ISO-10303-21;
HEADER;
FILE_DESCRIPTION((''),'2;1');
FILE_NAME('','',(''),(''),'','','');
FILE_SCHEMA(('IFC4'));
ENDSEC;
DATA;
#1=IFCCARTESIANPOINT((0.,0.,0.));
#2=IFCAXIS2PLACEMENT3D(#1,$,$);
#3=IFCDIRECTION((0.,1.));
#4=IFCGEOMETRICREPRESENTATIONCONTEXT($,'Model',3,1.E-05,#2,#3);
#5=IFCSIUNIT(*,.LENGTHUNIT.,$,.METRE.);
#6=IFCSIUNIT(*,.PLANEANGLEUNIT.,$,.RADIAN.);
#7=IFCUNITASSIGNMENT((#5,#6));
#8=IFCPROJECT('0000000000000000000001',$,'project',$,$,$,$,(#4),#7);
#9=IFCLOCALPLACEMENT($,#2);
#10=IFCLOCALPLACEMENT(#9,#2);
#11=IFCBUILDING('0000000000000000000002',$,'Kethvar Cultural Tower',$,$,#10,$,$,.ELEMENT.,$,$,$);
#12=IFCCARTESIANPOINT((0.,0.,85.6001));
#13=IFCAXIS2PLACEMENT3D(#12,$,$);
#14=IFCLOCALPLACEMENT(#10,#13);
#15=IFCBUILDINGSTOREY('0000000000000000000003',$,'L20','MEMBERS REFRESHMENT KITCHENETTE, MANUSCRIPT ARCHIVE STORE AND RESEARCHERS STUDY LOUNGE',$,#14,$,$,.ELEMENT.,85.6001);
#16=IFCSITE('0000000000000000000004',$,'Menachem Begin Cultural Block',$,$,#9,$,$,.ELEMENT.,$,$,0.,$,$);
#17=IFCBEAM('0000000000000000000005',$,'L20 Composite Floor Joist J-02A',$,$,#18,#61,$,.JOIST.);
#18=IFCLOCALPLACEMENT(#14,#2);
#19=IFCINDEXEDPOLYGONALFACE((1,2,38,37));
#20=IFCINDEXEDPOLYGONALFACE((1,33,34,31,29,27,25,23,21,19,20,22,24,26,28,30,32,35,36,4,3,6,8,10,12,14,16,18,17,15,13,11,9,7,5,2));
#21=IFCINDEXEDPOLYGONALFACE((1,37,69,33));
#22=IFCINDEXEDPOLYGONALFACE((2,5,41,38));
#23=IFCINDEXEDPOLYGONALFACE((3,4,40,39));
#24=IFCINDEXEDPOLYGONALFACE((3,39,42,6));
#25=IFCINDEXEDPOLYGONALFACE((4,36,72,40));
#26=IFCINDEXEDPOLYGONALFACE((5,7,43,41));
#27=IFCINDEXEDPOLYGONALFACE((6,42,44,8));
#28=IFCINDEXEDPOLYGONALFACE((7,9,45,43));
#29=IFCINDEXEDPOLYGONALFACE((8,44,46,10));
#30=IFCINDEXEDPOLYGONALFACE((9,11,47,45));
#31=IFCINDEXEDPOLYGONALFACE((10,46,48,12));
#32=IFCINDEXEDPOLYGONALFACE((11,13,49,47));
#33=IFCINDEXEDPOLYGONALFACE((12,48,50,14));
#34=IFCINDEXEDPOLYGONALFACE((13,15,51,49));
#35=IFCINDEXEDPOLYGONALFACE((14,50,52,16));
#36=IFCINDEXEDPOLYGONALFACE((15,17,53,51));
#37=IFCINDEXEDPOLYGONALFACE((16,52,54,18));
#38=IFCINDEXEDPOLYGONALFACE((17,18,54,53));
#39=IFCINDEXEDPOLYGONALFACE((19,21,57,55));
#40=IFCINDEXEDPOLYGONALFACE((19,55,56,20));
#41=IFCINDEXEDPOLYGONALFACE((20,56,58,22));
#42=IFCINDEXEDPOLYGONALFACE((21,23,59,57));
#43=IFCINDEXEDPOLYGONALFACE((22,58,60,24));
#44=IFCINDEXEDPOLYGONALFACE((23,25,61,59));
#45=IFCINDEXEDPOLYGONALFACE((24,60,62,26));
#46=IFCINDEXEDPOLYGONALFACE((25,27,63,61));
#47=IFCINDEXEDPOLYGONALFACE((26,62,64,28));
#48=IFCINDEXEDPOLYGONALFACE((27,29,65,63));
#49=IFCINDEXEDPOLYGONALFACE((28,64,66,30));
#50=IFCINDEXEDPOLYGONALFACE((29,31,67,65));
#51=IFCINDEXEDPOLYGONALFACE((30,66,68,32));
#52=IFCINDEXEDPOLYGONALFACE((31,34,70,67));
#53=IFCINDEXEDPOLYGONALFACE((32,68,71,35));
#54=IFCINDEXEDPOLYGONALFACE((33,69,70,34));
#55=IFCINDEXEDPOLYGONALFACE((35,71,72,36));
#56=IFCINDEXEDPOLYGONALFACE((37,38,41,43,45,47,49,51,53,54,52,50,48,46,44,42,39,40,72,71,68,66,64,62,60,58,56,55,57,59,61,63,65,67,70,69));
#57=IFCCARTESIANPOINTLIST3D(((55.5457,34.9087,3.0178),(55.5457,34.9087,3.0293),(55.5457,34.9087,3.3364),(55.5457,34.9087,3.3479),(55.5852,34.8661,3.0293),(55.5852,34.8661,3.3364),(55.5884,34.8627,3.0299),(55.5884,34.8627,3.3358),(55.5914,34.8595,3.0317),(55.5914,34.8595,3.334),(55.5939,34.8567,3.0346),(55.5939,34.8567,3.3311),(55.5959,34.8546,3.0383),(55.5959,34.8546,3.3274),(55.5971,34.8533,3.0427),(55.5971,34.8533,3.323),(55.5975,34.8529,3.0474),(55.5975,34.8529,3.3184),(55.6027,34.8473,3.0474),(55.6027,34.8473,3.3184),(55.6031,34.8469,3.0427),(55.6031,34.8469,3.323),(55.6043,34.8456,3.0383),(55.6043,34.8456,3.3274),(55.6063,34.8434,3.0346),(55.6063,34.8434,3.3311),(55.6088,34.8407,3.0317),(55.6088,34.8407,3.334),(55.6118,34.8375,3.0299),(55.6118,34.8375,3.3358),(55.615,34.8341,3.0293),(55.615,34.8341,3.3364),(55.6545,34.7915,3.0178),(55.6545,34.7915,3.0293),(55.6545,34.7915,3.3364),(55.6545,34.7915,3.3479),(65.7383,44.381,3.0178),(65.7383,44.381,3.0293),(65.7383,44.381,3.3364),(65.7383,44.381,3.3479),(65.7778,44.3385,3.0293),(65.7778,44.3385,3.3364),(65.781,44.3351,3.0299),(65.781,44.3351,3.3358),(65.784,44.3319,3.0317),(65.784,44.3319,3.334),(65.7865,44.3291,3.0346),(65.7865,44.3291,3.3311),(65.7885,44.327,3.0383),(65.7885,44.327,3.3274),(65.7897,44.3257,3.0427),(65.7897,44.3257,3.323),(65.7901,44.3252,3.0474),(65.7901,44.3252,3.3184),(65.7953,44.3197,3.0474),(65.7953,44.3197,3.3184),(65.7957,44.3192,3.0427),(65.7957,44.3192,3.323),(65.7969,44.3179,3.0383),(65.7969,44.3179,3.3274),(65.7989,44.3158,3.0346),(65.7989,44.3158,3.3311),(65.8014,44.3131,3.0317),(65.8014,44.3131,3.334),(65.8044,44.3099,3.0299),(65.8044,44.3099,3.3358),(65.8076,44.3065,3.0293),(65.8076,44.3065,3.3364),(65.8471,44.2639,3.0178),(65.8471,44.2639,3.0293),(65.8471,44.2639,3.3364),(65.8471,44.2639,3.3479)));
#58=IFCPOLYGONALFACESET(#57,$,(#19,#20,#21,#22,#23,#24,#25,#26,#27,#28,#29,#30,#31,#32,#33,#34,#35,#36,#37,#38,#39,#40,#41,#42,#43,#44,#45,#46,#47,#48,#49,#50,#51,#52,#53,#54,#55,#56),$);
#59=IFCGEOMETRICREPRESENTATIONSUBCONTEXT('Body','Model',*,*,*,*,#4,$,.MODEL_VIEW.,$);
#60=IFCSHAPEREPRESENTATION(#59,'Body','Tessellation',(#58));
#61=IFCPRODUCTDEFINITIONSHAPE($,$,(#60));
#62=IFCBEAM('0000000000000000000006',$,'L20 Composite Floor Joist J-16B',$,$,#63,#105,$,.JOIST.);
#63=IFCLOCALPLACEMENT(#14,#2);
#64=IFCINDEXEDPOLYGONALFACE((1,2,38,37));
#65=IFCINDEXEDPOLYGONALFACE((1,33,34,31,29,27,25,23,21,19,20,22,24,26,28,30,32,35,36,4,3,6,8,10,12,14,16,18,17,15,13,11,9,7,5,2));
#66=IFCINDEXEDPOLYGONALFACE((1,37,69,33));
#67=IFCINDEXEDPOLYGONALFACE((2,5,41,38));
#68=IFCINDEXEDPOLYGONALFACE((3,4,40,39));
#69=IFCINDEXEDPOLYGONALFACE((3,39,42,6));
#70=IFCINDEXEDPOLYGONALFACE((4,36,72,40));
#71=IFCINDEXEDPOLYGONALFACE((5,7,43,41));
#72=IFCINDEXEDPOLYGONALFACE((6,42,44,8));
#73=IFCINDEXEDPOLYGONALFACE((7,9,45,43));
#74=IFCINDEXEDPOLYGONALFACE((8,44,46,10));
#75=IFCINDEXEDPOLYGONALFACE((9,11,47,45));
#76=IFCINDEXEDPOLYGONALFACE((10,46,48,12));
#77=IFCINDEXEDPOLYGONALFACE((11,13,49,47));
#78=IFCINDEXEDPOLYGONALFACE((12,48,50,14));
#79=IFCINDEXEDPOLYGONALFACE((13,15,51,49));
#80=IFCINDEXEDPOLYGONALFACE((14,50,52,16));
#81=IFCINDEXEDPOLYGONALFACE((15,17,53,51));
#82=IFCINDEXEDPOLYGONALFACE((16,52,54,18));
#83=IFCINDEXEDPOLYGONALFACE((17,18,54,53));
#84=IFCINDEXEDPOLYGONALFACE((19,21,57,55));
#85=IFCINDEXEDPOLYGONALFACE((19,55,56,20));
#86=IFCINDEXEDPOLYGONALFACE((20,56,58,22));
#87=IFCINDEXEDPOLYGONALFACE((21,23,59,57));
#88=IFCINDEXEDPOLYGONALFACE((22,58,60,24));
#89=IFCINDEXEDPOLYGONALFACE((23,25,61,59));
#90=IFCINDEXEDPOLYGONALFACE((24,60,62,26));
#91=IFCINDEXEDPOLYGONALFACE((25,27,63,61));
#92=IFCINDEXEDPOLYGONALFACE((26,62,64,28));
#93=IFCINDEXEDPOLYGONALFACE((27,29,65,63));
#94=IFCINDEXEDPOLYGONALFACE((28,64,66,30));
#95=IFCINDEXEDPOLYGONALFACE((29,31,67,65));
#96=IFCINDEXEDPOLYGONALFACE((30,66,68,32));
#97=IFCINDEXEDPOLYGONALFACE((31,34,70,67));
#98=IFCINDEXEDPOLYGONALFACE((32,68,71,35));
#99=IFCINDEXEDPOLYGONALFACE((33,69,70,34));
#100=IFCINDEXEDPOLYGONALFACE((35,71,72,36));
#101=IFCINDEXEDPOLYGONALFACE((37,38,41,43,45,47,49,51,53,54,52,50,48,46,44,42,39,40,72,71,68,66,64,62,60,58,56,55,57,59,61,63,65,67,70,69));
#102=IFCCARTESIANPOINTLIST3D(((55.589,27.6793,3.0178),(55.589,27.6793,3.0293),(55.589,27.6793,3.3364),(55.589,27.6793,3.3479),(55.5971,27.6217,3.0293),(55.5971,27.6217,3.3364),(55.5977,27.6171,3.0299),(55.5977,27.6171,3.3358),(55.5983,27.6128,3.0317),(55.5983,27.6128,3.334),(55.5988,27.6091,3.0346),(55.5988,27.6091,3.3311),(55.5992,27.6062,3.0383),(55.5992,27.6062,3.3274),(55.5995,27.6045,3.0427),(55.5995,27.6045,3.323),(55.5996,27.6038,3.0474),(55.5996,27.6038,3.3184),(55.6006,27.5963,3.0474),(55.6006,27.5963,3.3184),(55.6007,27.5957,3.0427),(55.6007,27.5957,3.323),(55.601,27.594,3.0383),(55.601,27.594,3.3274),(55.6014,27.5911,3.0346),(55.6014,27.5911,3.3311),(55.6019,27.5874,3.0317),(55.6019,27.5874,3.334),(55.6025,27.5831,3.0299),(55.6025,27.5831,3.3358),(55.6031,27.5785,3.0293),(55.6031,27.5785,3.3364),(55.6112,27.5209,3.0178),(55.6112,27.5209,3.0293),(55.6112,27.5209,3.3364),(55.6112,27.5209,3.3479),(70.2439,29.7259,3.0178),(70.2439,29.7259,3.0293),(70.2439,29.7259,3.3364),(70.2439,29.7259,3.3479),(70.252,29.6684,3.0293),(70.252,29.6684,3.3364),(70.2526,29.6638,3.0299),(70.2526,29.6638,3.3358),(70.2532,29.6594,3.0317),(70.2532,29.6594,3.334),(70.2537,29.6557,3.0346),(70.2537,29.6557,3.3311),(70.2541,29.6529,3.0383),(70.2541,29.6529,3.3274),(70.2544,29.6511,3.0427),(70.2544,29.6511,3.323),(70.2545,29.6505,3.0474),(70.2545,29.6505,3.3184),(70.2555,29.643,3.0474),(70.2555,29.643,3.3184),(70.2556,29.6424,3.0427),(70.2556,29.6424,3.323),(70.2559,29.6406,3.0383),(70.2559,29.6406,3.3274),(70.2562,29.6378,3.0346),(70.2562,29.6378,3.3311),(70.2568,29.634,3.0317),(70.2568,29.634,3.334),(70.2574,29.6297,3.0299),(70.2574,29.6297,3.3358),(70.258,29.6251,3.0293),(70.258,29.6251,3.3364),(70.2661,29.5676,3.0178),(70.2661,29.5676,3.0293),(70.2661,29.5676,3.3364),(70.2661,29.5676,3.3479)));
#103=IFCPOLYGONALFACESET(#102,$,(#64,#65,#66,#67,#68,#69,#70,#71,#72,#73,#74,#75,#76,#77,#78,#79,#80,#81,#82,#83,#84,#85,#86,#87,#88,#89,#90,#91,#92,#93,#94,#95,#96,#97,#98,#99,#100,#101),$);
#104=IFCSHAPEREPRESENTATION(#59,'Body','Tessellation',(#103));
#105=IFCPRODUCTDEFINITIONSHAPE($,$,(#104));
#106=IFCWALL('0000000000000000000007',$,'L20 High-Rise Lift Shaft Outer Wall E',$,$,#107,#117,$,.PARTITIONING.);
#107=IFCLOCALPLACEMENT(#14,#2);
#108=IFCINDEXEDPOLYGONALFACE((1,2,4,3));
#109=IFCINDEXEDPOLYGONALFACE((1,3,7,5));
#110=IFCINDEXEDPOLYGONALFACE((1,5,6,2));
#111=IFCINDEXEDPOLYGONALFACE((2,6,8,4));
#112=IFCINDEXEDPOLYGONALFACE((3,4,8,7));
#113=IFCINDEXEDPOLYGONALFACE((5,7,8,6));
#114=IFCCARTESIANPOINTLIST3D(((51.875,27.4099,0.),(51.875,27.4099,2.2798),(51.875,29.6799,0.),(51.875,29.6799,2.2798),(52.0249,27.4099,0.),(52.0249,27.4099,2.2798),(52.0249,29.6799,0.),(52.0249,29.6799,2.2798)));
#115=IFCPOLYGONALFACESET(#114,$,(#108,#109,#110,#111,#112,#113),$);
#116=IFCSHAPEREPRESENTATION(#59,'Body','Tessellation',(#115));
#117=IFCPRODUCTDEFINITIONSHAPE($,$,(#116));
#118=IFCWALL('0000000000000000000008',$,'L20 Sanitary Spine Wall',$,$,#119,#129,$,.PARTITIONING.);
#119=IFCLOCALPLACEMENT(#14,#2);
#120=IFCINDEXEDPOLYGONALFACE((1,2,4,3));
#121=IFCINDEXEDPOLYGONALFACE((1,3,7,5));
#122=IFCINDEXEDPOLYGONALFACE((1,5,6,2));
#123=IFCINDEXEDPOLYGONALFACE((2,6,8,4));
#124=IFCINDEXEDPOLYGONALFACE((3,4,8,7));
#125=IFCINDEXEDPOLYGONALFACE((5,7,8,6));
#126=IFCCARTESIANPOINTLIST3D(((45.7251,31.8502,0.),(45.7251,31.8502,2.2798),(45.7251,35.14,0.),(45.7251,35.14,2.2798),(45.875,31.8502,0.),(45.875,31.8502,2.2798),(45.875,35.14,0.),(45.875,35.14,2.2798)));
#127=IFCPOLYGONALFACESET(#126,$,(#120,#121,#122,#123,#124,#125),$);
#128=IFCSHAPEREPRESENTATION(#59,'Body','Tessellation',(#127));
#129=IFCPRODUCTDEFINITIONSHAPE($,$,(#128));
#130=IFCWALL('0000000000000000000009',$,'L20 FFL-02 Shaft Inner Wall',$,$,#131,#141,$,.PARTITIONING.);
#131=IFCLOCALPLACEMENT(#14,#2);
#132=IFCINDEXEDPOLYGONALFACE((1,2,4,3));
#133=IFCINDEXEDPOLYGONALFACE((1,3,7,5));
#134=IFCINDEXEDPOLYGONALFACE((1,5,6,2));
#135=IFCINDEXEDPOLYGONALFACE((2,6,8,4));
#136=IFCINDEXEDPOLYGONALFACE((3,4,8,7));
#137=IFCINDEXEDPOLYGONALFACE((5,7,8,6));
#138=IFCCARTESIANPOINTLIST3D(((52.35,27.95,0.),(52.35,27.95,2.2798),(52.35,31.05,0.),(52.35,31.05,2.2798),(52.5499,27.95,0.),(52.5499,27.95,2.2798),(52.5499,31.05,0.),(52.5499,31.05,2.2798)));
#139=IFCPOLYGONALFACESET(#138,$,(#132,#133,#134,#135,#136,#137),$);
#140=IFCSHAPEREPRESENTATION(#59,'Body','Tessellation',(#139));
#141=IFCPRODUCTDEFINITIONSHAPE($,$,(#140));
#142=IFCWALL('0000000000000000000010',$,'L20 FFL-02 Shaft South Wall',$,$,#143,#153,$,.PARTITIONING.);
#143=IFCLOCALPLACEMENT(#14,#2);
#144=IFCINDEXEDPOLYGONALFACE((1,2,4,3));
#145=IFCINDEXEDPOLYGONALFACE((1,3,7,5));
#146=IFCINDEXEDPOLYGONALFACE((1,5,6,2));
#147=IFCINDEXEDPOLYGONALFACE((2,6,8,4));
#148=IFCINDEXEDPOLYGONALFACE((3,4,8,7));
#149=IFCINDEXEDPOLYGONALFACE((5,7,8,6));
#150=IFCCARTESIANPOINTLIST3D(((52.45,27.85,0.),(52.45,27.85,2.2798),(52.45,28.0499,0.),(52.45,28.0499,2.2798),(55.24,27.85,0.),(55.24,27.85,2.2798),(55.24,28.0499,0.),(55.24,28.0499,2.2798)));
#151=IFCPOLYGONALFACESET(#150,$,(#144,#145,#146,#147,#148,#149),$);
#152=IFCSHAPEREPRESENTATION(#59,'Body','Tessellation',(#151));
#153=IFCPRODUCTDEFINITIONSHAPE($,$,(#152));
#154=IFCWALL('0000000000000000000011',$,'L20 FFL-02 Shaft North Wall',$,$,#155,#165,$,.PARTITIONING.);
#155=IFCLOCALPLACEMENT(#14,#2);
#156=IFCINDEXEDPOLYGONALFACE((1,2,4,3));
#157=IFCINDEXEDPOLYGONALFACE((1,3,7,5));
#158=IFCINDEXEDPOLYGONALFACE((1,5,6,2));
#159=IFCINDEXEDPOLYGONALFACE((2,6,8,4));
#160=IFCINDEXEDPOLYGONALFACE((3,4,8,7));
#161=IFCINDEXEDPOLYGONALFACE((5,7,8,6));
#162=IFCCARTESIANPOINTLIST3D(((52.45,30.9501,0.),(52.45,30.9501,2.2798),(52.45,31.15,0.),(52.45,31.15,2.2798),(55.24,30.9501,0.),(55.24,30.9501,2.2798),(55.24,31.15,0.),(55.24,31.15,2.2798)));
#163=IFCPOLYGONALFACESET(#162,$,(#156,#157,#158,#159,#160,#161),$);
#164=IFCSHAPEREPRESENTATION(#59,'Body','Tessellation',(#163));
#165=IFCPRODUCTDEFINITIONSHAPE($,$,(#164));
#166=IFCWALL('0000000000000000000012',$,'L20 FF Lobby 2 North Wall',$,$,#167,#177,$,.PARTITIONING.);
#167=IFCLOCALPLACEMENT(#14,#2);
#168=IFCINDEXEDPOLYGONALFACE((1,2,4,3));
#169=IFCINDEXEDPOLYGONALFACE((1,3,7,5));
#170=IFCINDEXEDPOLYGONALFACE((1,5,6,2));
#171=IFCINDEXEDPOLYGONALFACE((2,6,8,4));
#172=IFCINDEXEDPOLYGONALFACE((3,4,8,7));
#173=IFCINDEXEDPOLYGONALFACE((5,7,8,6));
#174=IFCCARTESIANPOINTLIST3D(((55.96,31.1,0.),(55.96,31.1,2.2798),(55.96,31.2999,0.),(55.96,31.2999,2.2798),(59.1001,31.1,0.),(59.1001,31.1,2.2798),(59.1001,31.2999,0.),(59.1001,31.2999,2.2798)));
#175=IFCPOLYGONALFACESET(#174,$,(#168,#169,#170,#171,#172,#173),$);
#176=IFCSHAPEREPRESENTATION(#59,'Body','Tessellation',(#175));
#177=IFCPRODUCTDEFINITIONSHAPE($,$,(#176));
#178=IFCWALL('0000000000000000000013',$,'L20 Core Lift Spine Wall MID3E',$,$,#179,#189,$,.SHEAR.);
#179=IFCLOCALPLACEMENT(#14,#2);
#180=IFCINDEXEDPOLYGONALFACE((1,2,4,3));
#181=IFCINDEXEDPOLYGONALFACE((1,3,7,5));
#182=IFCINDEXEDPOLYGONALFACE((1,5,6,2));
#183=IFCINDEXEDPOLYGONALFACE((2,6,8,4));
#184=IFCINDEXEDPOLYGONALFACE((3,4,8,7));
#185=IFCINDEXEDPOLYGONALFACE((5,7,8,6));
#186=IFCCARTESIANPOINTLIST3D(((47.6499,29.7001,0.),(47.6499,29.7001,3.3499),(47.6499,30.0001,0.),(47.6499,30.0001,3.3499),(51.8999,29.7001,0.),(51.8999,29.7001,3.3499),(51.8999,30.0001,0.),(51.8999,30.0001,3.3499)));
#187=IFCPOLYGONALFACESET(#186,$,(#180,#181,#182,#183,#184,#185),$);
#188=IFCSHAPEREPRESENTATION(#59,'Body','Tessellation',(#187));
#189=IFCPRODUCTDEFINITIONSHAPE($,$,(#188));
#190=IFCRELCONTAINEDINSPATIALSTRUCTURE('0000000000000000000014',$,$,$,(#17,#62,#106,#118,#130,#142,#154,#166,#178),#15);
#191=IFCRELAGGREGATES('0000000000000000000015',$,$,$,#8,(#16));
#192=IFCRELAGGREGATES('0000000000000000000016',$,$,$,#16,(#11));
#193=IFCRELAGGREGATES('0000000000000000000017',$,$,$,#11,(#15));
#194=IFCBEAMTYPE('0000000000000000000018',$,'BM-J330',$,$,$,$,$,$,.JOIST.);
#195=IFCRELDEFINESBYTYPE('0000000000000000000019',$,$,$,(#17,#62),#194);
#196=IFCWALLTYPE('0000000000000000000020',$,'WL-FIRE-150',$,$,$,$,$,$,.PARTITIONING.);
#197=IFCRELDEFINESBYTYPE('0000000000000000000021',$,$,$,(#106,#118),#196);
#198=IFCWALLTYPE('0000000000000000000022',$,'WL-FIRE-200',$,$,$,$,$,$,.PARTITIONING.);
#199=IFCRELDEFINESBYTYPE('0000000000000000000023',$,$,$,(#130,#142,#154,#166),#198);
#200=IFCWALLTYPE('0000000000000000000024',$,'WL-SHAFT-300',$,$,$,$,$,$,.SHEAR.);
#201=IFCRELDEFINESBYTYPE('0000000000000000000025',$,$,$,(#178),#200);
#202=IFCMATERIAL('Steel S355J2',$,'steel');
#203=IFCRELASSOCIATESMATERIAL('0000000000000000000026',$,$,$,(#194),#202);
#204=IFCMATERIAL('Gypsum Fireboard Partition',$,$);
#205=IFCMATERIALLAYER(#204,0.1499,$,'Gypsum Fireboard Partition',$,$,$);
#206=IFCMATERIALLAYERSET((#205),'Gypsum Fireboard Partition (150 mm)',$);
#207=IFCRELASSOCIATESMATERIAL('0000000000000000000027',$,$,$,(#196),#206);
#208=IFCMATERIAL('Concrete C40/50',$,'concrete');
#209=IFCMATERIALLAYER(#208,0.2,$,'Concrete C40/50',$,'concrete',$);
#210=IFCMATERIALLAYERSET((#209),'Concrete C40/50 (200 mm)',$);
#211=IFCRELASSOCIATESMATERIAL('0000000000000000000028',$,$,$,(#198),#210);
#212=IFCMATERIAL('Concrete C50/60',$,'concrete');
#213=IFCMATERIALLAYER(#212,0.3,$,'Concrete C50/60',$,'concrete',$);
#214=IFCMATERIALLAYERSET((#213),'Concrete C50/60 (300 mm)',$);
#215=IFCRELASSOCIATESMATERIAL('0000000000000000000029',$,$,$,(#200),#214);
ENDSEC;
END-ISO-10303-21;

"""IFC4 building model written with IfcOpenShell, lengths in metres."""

from ifc_helpers import new_model, si_unit, direction, frame, frame_2d, origin, origin_2d, place, context, subcontext, project, spatial, rectangle, i_section, extrude, source, transform, mapped, material, layer, layer_set, material_profile, profile_set, type_object, element, save


model = new_model("IFC4")

# Units and contexts
model_context = context("Model", 3, precision=1e-05, world=origin(), true_north=direction((0.0, 1.0)))
body_context = subcontext(model_context, "Body", "Model", "MODEL_VIEW")
ifc_project = project(units=[si_unit("LENGTHUNIT", "METRE"), si_unit("PLANEANGLEUNIT", "RADIAN")], contexts=[model_context])

# Site, building, storey
site_placement = place(None, origin())
site = spatial("IfcSite", under=ifc_project, at=site_placement, Name="Menachem Begin Cultural Block", CompositionType="ELEMENT", RefElevation=0.0)
building_placement = place(site_placement, origin())
building = spatial("IfcBuilding", under=site, at=building_placement, Name="Kethvar Cultural Tower", CompositionType="ELEMENT")
storey_placement = place(building_placement, frame((0.0, 0.0, 85.6001)))
storey = spatial("IfcBuildingStorey", under=building, at=storey_placement, Name="L20", Description="MEMBERS REFRESHMENT KITCHENETTE, MANUSCRIPT ARCHIVE STORE AND RESEARCHERS STUDY LOUNGE", CompositionType="ELEMENT", Elevation=85.6001)

# Beams
ifc_material_1 = material(Name="Steel S355J2", Category="steel")
ifc_material_profile_1 = material_profile(ifc_material_1, i_section(OverallWidth=0.1599, OverallDepth=0.3301, WebThickness=0.0076, FlangeThickness=0.0115, FilletRadius=0.0181, at=origin_2d()), Name="Steel S355J2 — IPE330")
ifc_profile_set_1 = profile_set([ifc_material_profile_1], Name="Steel S355J2 — IPE330")
beam_type_1 = type_object("IfcBeamType", Name="BM-J330", PredefinedType="JOIST", material=ifc_profile_set_1)
shared_shape_1 = source(origin(), body_context, "Body", "SweptSolid", [
    extrude(i_section(OverallWidth=0.1599, OverallDepth=0.3301, WebThickness=0.0076, FlangeThickness=0.0115, FilletRadius=0.0181, at=origin_2d()), origin(), (0.0, 0.0, 1.0), 13.9146),
])
beam_1_placement = place(storey_placement, frame((55.6001, 34.8501, 3.1829), z_axis=(0.732513, 0.680753, 0.0), x_axis=(-0.680753, 0.732513, 0.0)))
element("IfcBeam", 1, at=beam_1_placement, inside=storey, type_object=beam_type_1, Name="L20 Composite Floor Joist J-02A", PredefinedType="JOIST", context=body_context, shape_type="MappedRepresentation", body=[
    mapped(shared_shape_1, transform((0.0, 0.0, 0.0), scale=1.0)),
])
shared_shape_2 = source(origin(), body_context, "Body", "SweptSolid", [
    extrude(i_section(OverallWidth=0.1599, OverallDepth=0.3301, WebThickness=0.0076, FlangeThickness=0.0115, FilletRadius=0.0181, at=origin_2d()), origin(), (0.0, 0.0, 1.0), 14.7971),
])
beam_2_placement = place(storey_placement, frame((55.6001, 27.6001, 3.1829), z_axis=(0.990388, 0.138314, 0.0), x_axis=(-0.138314, 0.990388, 0.0)))
element("IfcBeam", 2, at=beam_2_placement, inside=storey, type_object=beam_type_1, Name="L20 Composite Floor Joist J-16B", PredefinedType="JOIST", context=body_context, shape_type="MappedRepresentation", body=[
    mapped(shared_shape_2, transform((0.0, 0.0, 0.0), scale=1.0)),
])

# Walls
ifc_material_2 = material(Name="Gypsum Fireboard Partition")
ifc_layer_1 = layer(ifc_material_2, 0.1499, Name="Gypsum Fireboard Partition")
ifc_layer_set_1 = layer_set([ifc_layer_1], Name="Gypsum Fireboard Partition (150 mm)")
wall_type_1 = type_object("IfcWallType", Name="WL-FIRE-150", PredefinedType="PARTITIONING", material=ifc_layer_set_1)
wall_1_placement = place(storey_placement, frame((51.95, 27.4099, 0.0), z_axis=(0.0, 0.0, 1.0), x_axis=(0.0, 1.0, 0.0)))
element("IfcWall", 3, at=wall_1_placement, inside=storey, type_object=wall_type_1, Name="L20 High-Rise Lift Shaft Outer Wall E", PredefinedType="PARTITIONING", context=body_context, shape_type="SweptSolid", body=[
    extrude(rectangle(XDim=2.27, YDim=0.1499, at=frame_2d((1.135, 0.0))), origin(), (0.0, 0.0, 1.0), 2.2798),
])
wall_2_placement = place(storey_placement, frame((45.8, 31.8501, 0.0), z_axis=(0.0, 0.0, 1.0), x_axis=(0.0, 1.0, 0.0)))
element("IfcWall", 4, at=wall_2_placement, inside=storey, type_object=wall_type_1, Name="L20 Sanitary Spine Wall", PredefinedType="PARTITIONING", context=body_context, shape_type="SweptSolid", body=[
    extrude(rectangle(XDim=3.2898, YDim=0.1499, at=frame_2d((1.645, 0.0))), origin(), (0.0, 0.0, 1.0), 2.2798),
])
ifc_material_3 = material(Name="Concrete C40/50", Category="concrete")
ifc_layer_2 = layer(ifc_material_3, 0.2, Name="Concrete C40/50", Category="concrete")
ifc_layer_set_2 = layer_set([ifc_layer_2], Name="Concrete C40/50 (200 mm)")
wall_type_2 = type_object("IfcWallType", Name="WL-FIRE-200", PredefinedType="PARTITIONING", material=ifc_layer_set_2)
wall_3_placement = place(storey_placement, frame((52.45, 27.95, 0.0), z_axis=(0.0, 0.0, 1.0), x_axis=(0.0, 1.0, 0.0)))
element("IfcWall", 5, at=wall_3_placement, inside=storey, type_object=wall_type_2, Name="L20 FFL-02 Shaft Inner Wall", PredefinedType="PARTITIONING", context=body_context, shape_type="SweptSolid", body=[
    extrude(rectangle(XDim=3.1001, YDim=0.2, at=frame_2d((1.55, 0.0))), origin(), (0.0, 0.0, 1.0), 2.2798),
])
for number, where, z_axis, x_axis, name in (
    (6, (52.45, 27.95, 0.0), (0.0, 0.0, 1.0), (1.0, 0.0, 0.0), "L20 FFL-02 Shaft South Wall"),
    (7, (52.45, 31.05, 0.0), (0.0, 0.0, 1.0), (1.0, 0.0, 0.0), "L20 FFL-02 Shaft North Wall"),
):
    element("IfcWall", number, at=place(storey_placement, frame(where, z_axis=z_axis, x_axis=x_axis)), inside=storey, type_object=wall_type_2, Name=name, PredefinedType="PARTITIONING", context=body_context, shape_type="SweptSolid", body=[
        extrude(rectangle(XDim=2.79, YDim=0.2, at=frame_2d((1.395, 0.0))), origin(), (0.0, 0.0, 1.0), 2.2798),
    ])
wall_4_placement = place(storey_placement, frame((55.96, 31.2, 0.0), z_axis=(0.0, 0.0, 1.0), x_axis=(1.0, 0.0, 0.0)))
element("IfcWall", 8, at=wall_4_placement, inside=storey, type_object=wall_type_2, Name="L20 FF Lobby 2 North Wall", PredefinedType="PARTITIONING", context=body_context, shape_type="SweptSolid", body=[
    extrude(rectangle(XDim=3.1401, YDim=0.2, at=frame_2d((1.5701, 0.0))), origin(), (0.0, 0.0, 1.0), 2.2798),
])
ifc_material_4 = material(Name="Concrete C50/60", Category="concrete")
ifc_layer_3 = layer(ifc_material_4, 0.3, Name="Concrete C50/60", Category="concrete")
ifc_layer_set_3 = layer_set([ifc_layer_3], Name="Concrete C50/60 (300 mm)")
wall_type_3 = type_object("IfcWallType", Name="WL-SHAFT-300", PredefinedType="SHEAR", material=ifc_layer_set_3)
wall_5_placement = place(storey_placement, frame((47.6499, 29.8501, 0.0), z_axis=(0.0, 0.0, 1.0), x_axis=(1.0, 0.0, 0.0)))
element("IfcWall", 9, at=wall_5_placement, inside=storey, type_object=wall_type_3, Name="L20 Core Lift Spine Wall MID3E", PredefinedType="SHEAR", context=body_context, shape_type="SweptSolid", body=[
    extrude(rectangle(XDim=4.25, YDim=0.3, at=frame_2d((2.125, 0.0))), origin(), (0.0, 0.0, 1.0), 3.3499),
])

save(model, "model.ifc")
